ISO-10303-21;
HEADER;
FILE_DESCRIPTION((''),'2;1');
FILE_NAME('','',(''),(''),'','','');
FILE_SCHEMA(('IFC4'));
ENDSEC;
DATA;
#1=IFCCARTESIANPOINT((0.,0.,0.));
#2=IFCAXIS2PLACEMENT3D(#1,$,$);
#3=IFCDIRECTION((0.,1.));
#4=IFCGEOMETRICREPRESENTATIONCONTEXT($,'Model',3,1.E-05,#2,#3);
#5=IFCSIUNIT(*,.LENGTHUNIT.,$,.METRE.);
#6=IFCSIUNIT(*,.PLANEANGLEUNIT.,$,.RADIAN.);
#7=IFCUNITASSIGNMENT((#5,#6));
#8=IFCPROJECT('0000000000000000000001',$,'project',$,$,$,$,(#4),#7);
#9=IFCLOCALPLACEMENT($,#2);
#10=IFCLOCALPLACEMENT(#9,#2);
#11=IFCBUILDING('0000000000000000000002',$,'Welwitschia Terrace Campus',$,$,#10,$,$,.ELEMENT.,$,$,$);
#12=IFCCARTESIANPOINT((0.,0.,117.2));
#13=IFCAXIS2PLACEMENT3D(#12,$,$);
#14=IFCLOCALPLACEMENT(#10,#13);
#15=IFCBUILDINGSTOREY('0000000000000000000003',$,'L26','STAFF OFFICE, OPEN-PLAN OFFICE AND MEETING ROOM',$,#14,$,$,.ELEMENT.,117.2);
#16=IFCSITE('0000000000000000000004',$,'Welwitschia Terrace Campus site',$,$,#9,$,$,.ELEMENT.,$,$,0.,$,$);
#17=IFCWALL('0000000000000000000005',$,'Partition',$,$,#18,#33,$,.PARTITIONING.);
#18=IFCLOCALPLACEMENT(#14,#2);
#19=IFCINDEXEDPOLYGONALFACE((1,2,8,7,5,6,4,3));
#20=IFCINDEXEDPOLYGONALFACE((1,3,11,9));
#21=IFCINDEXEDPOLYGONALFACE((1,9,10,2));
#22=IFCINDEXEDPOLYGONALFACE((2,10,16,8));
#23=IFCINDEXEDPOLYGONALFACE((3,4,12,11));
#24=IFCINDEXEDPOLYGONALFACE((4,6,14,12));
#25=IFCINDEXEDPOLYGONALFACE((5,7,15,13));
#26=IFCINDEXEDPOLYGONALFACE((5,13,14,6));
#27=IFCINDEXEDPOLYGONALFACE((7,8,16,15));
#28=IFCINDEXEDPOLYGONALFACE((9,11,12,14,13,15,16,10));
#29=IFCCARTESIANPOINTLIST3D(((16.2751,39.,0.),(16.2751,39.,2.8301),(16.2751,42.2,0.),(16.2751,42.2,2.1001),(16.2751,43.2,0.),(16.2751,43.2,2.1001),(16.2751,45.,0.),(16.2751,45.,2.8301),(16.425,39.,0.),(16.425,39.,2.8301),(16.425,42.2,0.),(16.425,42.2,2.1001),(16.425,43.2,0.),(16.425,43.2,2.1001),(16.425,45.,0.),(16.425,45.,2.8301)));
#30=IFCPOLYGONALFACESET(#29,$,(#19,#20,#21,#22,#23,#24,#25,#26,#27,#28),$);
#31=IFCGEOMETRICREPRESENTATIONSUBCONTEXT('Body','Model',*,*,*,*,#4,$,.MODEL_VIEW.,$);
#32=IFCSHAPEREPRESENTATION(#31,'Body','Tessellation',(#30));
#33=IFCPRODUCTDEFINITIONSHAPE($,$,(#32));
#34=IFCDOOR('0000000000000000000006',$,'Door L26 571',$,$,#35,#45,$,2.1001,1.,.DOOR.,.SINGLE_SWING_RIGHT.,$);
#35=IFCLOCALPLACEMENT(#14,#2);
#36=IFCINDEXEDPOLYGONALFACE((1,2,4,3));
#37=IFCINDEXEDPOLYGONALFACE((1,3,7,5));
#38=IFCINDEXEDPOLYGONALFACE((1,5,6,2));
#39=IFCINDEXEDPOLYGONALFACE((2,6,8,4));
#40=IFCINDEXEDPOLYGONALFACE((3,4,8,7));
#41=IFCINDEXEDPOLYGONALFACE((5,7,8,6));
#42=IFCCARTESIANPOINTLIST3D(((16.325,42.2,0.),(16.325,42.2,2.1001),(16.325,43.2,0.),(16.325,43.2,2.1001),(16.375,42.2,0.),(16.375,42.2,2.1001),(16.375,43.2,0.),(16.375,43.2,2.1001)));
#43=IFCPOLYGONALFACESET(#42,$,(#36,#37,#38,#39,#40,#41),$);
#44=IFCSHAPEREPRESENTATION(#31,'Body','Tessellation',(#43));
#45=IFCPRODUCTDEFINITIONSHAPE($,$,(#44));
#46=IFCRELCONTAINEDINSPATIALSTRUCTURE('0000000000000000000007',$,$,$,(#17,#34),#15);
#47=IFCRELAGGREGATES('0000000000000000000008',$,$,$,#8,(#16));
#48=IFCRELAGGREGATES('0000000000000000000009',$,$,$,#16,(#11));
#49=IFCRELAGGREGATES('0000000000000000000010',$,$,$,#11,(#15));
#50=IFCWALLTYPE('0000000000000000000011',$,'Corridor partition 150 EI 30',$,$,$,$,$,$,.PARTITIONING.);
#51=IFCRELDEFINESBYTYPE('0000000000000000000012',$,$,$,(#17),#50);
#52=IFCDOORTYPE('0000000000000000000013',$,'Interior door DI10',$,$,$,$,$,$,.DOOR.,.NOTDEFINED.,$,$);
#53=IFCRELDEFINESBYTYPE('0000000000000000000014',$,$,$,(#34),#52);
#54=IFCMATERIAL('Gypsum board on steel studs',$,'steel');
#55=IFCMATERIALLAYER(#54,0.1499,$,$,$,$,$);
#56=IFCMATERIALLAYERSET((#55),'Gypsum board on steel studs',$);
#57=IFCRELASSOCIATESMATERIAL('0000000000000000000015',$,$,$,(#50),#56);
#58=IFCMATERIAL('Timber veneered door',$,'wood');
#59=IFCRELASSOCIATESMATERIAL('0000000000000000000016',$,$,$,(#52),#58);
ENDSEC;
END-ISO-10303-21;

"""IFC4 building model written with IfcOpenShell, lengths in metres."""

from ifc_helpers import new_model, si_unit, direction, frame, frame_2d, origin, place, context, subcontext, project, spatial, rectangle, extrude, material, layer, layer_set, type_object, element, fill, save


model = new_model("IFC4")

# Units and contexts
model_context = context("Model", 3, precision=1e-05, world=origin(), true_north=direction((0.0, 1.0)))
body_context = subcontext(model_context, "Body", "Model", "MODEL_VIEW")
ifc_project = project(units=[si_unit("LENGTHUNIT", "METRE"), si_unit("PLANEANGLEUNIT", "RADIAN")], contexts=[model_context])

# Site, building, storey
site_placement = place(None, origin())
site = spatial("IfcSite", under=ifc_project, at=site_placement, Name="Welwitschia Terrace Campus site", CompositionType="ELEMENT", RefElevation=0.0)
building_placement = place(site_placement, origin())
building = spatial("IfcBuilding", under=site, at=building_placement, Name="Welwitschia Terrace Campus", CompositionType="ELEMENT")
storey_placement = place(building_placement, frame((0.0, 0.0, 117.2)))
storey = spatial("IfcBuildingStorey", under=building, at=storey_placement, Name="L26", Description="STAFF OFFICE, OPEN-PLAN OFFICE AND MEETING ROOM", CompositionType="ELEMENT", Elevation=117.2)

# Shared definitions
ifc_material_1 = material(Name="Gypsum board on steel studs", Category="steel")
ifc_layer_1 = layer(ifc_material_1, 0.1499)
ifc_layer_set_1 = layer_set([ifc_layer_1], Name="Gypsum board on steel studs")
wall_type = type_object("IfcWallType", Name="Corridor partition 150 EI 30", PredefinedType="PARTITIONING", material=ifc_layer_set_1)

# Wall, opening, door
ifc_material_2 = material(Name="Timber veneered door", Category="wood")
door_type_1 = type_object("IfcDoorType", Name="Interior door DI10", OperationType="NOTDEFINED", PredefinedType="DOOR", material=ifc_material_2)
wall_1_placement = place(storey_placement, frame((16.3501, 45.0, 0.0), z_axis=(0.0, 0.0, 1.0), x_axis=(0.0, -1.0, 0.0)))
wall_1 = element("IfcWall", 1, at=wall_1_placement, inside=storey, type_object=wall_type, Name="Partition", PredefinedType="PARTITIONING", context=body_context, shape_type="SweptSolid", body=[
    extrude(rectangle(XDim=6.0, YDim=0.1499, at=frame_2d((3.0, 0.0))), origin(), (0.0, 0.0, 1.0), 2.8301),
])
opening_1_placement = place(wall_1_placement, frame((1.8, 0.0, 0.0)))
opening_1 = element("IfcOpeningElement", 2, at=opening_1_placement, cuts=wall_1, PredefinedType="OPENING", context=body_context, shape_type="SweptSolid", body=[
    extrude(rectangle(XDim=1.0, YDim=2.1001, at=frame_2d((0.5, 1.05))), frame((0.0, 0.085, 0.0), z_axis=(0.0, -1.0, 0.0), x_axis=(1.0, 0.0, 0.0)), (0.0, 0.0, 1.0), 0.1699),
])
door_1_placement = place(opening_1_placement, origin())
door_1 = element("IfcDoor", 3, at=door_1_placement, inside=storey, type_object=door_type_1, Name="Door L26 571", OperationType="SINGLE_SWING_RIGHT", OverallHeight=2.1001, OverallWidth=1.0, PredefinedType="DOOR", context=body_context, shape_type="SweptSolid", body=[
    extrude(rectangle(XDim=1.0, YDim=2.1001, at=frame_2d((0.5, 1.05))), frame((0.0, 0.0249, 0.0), z_axis=(0.0, -1.0, 0.0), x_axis=(1.0, 0.0, 0.0)), (0.0, 0.0, 1.0), 0.05),
])
fill(opening_1, door_1)

save(model, "model.ifc")
